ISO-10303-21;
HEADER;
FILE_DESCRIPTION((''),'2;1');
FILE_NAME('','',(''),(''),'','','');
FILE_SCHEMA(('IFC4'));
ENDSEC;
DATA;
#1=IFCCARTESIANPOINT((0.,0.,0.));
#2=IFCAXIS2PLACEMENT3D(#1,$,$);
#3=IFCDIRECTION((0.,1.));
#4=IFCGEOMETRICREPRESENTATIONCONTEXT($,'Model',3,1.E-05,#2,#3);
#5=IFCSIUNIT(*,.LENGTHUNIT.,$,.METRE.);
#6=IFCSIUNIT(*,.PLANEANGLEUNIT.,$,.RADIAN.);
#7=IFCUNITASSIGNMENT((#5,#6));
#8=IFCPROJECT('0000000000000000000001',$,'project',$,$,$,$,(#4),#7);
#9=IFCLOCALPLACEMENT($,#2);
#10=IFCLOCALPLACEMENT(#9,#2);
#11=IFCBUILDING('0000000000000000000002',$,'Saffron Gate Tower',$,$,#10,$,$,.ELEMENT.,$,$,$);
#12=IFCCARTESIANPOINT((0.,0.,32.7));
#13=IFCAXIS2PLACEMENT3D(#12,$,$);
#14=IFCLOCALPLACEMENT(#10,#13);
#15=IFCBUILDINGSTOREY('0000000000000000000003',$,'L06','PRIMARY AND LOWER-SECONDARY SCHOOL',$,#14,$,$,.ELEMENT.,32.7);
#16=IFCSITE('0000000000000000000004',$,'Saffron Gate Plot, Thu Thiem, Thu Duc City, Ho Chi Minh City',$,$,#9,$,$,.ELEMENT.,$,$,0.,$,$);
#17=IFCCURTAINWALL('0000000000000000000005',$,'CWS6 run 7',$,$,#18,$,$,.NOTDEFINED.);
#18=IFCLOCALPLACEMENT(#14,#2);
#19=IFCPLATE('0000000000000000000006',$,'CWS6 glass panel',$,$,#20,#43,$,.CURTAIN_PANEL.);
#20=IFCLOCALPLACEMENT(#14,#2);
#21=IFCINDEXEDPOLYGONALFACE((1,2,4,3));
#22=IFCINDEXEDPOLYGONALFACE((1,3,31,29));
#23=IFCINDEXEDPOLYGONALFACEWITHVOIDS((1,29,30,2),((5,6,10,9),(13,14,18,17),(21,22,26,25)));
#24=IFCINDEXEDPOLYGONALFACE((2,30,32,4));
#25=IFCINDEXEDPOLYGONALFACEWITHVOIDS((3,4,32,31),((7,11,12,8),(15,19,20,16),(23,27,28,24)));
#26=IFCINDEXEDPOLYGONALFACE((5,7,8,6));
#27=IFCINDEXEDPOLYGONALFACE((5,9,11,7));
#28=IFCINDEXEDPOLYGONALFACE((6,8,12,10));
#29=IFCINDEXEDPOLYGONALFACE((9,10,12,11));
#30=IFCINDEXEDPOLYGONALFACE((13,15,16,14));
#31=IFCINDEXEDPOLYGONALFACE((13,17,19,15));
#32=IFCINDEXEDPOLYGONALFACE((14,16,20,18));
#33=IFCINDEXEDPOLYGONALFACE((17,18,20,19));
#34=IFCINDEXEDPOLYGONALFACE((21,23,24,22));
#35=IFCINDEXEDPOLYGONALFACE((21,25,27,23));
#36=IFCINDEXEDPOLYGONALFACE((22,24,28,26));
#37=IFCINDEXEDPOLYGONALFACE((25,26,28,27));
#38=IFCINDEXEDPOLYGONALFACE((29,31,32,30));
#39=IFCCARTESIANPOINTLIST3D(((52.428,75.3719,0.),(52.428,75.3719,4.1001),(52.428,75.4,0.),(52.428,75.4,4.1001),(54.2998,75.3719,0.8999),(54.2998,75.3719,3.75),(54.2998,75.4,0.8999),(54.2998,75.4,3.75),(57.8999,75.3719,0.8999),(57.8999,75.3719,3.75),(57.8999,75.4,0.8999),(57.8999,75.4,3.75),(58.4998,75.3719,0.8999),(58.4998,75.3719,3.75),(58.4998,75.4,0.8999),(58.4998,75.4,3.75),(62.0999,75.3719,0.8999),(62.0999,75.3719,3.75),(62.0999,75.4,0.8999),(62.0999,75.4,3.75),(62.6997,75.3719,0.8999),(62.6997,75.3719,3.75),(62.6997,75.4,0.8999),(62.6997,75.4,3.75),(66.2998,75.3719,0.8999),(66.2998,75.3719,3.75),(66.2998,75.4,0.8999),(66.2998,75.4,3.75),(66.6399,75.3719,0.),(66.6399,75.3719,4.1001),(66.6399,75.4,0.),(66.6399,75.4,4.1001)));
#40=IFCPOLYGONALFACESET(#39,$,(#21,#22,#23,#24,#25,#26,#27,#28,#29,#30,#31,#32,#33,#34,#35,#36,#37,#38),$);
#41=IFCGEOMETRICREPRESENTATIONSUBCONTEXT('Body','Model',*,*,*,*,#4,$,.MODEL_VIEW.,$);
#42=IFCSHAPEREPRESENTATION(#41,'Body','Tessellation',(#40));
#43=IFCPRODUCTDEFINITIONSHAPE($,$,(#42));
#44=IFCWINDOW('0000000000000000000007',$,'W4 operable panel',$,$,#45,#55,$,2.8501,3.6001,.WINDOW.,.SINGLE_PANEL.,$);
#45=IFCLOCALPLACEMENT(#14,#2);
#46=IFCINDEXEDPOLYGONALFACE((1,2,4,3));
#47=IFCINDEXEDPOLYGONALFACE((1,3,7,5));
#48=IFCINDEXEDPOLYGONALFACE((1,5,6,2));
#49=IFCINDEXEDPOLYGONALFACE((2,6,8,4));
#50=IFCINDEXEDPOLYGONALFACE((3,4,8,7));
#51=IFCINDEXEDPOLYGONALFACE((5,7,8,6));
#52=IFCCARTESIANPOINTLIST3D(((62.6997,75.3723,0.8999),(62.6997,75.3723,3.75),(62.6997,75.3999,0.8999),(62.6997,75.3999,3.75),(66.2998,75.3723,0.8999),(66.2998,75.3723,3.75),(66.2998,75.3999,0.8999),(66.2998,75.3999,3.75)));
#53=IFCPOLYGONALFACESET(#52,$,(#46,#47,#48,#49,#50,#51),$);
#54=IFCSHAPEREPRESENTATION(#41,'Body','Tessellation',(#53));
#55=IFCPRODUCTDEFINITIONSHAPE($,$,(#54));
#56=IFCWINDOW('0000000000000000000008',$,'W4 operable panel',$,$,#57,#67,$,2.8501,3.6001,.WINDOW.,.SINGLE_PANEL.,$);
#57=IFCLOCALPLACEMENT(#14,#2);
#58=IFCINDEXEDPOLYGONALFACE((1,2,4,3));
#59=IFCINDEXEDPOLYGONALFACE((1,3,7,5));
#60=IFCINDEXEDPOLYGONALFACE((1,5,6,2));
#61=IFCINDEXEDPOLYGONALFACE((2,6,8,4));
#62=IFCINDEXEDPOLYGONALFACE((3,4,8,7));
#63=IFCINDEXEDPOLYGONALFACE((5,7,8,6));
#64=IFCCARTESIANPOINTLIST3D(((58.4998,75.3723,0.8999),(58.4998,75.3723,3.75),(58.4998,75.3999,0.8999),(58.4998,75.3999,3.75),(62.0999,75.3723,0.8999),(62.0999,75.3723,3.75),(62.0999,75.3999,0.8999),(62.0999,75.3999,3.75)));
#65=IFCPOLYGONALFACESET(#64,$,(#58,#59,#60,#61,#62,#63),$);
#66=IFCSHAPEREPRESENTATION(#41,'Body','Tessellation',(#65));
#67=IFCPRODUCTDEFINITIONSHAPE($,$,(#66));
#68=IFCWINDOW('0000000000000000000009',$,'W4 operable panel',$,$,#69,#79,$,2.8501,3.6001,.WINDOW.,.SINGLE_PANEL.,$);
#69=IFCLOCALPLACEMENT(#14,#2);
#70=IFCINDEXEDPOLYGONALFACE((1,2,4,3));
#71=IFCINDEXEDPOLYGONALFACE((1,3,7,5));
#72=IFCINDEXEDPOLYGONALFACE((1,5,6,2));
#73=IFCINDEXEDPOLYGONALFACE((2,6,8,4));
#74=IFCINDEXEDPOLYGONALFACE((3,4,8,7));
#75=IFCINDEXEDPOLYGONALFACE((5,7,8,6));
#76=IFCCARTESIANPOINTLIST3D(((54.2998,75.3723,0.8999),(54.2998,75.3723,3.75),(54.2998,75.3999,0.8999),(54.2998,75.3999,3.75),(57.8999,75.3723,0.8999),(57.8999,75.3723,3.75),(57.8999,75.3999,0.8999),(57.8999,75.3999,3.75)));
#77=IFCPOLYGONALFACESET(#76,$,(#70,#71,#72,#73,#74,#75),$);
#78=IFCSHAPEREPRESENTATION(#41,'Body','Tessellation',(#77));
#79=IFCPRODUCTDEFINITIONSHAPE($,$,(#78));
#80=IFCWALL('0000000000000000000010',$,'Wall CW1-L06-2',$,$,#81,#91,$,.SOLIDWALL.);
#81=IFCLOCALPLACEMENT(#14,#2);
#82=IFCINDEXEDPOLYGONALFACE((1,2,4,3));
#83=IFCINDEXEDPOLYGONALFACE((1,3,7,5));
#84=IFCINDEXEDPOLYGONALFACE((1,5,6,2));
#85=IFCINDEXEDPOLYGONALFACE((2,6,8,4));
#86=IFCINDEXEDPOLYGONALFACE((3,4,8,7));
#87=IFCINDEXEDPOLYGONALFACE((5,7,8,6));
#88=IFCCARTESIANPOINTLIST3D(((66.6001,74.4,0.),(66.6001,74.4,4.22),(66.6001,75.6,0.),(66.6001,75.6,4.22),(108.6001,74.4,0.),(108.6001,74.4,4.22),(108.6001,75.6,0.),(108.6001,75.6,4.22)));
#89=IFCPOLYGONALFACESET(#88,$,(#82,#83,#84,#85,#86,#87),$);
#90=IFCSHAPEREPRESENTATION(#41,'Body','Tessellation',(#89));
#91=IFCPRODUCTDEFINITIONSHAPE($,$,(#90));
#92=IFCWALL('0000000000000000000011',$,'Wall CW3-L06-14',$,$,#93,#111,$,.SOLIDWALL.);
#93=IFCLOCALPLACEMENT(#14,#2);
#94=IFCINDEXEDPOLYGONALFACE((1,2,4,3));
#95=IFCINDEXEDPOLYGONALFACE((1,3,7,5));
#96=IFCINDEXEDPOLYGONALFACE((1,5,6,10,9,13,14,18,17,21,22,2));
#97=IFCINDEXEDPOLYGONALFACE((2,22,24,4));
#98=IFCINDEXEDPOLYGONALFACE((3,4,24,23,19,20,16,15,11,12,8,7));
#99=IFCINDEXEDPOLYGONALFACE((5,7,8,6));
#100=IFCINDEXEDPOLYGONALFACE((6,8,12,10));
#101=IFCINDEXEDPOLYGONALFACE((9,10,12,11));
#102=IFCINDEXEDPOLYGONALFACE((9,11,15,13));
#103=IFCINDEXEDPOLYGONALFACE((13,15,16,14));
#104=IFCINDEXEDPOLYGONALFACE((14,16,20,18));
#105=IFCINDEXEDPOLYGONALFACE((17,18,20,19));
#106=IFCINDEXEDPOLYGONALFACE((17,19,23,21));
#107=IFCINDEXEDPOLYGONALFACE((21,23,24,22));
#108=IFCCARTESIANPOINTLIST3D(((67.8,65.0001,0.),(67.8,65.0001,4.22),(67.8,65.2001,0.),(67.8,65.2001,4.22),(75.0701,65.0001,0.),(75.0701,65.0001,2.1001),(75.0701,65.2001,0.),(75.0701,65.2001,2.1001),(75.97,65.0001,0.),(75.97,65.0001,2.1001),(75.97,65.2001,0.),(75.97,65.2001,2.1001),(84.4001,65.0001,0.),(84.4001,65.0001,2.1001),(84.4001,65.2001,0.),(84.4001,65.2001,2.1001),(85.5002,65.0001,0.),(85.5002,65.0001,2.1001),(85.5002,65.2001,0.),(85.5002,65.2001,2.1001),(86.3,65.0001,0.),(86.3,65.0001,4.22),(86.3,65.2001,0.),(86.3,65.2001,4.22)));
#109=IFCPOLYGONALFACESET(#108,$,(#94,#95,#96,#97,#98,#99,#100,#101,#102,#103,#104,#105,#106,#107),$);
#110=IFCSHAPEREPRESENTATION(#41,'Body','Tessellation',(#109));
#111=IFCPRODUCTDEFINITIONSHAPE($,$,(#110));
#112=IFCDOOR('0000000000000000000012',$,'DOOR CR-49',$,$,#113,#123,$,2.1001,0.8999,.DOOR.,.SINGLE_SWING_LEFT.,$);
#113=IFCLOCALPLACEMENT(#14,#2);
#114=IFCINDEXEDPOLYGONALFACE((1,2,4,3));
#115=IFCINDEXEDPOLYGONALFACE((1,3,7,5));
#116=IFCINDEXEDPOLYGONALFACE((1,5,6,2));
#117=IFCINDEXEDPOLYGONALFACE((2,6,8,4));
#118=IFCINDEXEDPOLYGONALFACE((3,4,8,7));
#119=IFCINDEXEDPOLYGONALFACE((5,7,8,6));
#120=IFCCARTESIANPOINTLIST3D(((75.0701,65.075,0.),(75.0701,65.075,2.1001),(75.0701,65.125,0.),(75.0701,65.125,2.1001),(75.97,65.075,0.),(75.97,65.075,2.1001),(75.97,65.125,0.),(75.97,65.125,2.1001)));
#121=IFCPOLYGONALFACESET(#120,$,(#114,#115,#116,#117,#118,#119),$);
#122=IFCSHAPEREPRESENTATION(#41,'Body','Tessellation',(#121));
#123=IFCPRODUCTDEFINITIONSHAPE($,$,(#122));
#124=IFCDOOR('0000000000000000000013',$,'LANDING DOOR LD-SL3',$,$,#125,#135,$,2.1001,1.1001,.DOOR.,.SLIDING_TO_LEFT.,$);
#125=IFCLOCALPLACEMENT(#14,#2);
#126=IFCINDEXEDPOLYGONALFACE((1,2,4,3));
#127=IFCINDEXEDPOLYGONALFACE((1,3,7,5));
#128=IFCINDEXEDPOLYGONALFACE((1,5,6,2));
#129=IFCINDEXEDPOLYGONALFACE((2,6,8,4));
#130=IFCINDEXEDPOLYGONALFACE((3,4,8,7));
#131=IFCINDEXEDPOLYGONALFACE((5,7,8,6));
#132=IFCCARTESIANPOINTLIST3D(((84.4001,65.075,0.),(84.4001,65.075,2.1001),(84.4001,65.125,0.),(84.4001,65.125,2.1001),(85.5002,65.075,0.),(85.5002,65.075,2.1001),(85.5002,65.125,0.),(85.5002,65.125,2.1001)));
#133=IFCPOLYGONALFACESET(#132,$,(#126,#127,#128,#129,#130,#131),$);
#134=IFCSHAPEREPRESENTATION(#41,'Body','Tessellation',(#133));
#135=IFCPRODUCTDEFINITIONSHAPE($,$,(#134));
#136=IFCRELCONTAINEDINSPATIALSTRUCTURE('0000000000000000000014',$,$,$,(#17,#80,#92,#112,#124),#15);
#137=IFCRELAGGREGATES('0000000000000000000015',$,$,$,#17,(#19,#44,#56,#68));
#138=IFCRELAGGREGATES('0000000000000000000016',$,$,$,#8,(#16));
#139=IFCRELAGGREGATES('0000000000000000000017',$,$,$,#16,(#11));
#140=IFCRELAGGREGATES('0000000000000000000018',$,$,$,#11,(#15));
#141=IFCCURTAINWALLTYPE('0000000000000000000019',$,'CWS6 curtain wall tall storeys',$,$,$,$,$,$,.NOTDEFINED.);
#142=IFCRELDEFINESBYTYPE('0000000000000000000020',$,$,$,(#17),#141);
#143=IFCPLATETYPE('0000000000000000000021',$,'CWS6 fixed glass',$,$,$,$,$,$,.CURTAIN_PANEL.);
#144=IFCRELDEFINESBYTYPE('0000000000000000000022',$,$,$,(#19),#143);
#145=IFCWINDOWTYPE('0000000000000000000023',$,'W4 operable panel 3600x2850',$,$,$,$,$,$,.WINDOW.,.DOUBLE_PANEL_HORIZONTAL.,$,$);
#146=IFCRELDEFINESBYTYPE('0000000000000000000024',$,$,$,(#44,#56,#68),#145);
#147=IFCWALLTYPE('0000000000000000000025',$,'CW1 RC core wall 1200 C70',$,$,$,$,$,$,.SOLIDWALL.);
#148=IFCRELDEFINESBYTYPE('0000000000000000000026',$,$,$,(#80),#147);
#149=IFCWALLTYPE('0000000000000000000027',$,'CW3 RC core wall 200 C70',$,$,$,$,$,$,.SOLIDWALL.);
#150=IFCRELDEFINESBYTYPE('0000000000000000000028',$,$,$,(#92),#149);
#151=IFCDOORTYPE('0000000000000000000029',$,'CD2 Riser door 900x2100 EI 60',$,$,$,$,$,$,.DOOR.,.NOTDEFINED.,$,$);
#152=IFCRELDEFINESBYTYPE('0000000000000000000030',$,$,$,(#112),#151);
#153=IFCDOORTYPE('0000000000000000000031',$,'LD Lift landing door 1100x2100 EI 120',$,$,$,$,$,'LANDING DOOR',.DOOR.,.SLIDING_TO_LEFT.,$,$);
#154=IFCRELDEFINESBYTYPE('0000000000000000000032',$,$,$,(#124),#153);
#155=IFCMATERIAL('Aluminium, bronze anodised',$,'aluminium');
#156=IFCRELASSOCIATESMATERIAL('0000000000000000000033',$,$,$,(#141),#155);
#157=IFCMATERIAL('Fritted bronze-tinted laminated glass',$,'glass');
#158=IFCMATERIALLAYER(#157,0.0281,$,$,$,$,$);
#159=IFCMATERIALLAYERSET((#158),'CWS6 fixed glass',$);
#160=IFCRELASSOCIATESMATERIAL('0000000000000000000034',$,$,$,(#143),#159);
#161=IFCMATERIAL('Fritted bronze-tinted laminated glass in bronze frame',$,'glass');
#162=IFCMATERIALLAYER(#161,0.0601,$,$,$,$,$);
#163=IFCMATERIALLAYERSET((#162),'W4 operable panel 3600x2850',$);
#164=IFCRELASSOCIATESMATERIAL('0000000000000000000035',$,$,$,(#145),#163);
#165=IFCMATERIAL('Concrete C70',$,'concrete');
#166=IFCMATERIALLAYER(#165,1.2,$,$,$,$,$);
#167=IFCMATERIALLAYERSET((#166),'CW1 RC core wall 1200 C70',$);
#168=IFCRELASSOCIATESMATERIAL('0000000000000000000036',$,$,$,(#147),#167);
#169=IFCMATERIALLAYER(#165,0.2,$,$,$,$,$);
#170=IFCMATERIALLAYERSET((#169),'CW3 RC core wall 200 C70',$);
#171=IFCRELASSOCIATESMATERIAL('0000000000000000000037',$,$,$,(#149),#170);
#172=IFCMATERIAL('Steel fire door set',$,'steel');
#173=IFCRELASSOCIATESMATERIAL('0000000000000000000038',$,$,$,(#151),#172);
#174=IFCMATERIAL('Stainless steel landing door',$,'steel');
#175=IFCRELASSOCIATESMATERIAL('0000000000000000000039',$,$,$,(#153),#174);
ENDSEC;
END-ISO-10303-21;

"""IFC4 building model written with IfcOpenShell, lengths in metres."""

from ifc_helpers import new_model, si_unit, direction, frame, frame_2d, origin, place, context, subcontext, project, spatial, rectangle, extrude, material, layer, layer_set, type_object, element, fill, aggregate, save


model = new_model("IFC4")

# Units and contexts
model_context = context("Model", 3, precision=1e-05, world=origin(), true_north=direction((0.0, 1.0)))
body_context = subcontext(model_context, "Body", "Model", "MODEL_VIEW")
ifc_project = project(units=[si_unit("LENGTHUNIT", "METRE"), si_unit("PLANEANGLEUNIT", "RADIAN")], contexts=[model_context])

# Site, building, storey
site_placement = place(None, origin())
site = spatial("IfcSite", under=ifc_project, at=site_placement, Name="Saffron Gate Plot, Thu Thiem, Thu Duc City, Ho Chi Minh City", CompositionType="ELEMENT", RefElevation=0.0)
building_placement = place(site_placement, origin())
building = spatial("IfcBuilding", under=site, at=building_placement, Name="Saffron Gate Tower", CompositionType="ELEMENT")
storey_placement = place(building_placement, frame((0.0, 0.0, 32.7)))
storey = spatial("IfcBuildingStorey", under=building, at=storey_placement, Name="L06", Description="PRIMARY AND LOWER-SECONDARY SCHOOL", CompositionType="ELEMENT", Elevation=32.7)

# Curtain wall, plate, openings, windows
ifc_material_1 = material(Name="Aluminium, bronze anodised", Category="aluminium")
curtain_wall_type = type_object("IfcCurtainWallType", Name="CWS6 curtain wall tall storeys", PredefinedType="NOTDEFINED", material=ifc_material_1)
curtain_wall_placement = place(storey_placement, origin())
curtain_wall = element("IfcCurtainWall", 1, at=curtain_wall_placement, inside=storey, type_object=curtain_wall_type, Name="CWS6 run 7", PredefinedType="NOTDEFINED")
ifc_material_2 = material(Name="Fritted bronze-tinted laminated glass", Category="glass")
ifc_layer_1 = layer(ifc_material_2, 0.0281)
ifc_layer_set_1 = layer_set([ifc_layer_1], Name="CWS6 fixed glass")
plate_type = type_object("IfcPlateType", Name="CWS6 fixed glass", PredefinedType="CURTAIN_PANEL", material=ifc_layer_set_1)
plate_placement = place(storey_placement, frame((66.6399, 75.386, 0.0), z_axis=(0.0, 0.0, 1.0), x_axis=(-1.0, 0.0, 0.0)))
plate = element("IfcPlate", 2, at=plate_placement, type_object=plate_type, Name="CWS6 glass panel", PredefinedType="CURTAIN_PANEL", context=body_context, shape_type="SweptSolid", body=[
    extrude(rectangle(XDim=14.2119, YDim=0.0281, at=frame_2d((7.106, 0.0))), origin(), (0.0, 0.0, 1.0), 4.1001),
])
opening_1_placement = place(plate_placement, frame((0.3401, 0.0, 0.8999)))
opening_1 = element("IfcOpeningElement", 3, at=opening_1_placement, cuts=plate, PredefinedType="OPENING", context=body_context, shape_type="SweptSolid", body=[
    extrude(rectangle(XDim=3.6001, YDim=2.8501, at=frame_2d((1.8, 1.425))), frame((0.0, 0.0239, 0.0), z_axis=(0.0, -1.0, 0.0), x_axis=(1.0, 0.0, 0.0)), (0.0, 0.0, 1.0), 0.0481),
])
opening_2_placement = place(plate_placement, frame((4.54, 0.0, 0.8999)))
opening_2 = element("IfcOpeningElement", 4, at=opening_2_placement, cuts=plate, PredefinedType="OPENING", context=body_context, shape_type="SweptSolid", body=[
    extrude(rectangle(XDim=3.6001, YDim=2.8501, at=frame_2d((1.8, 1.425))), frame((0.0, 0.0239, 0.0), z_axis=(0.0, -1.0, 0.0), x_axis=(1.0, 0.0, 0.0)), (0.0, 0.0, 1.0), 0.0481),
])
opening_3_placement = place(plate_placement, frame((8.74, 0.0, 0.8999)))
opening_3 = element("IfcOpeningElement", 5, at=opening_3_placement, cuts=plate, PredefinedType="OPENING", context=body_context, shape_type="SweptSolid", body=[
    extrude(rectangle(XDim=3.6001, YDim=2.8501, at=frame_2d((1.8, 1.425))), frame((0.0, 0.0239, 0.0), z_axis=(0.0, -1.0, 0.0), x_axis=(1.0, 0.0, 0.0)), (0.0, 0.0, 1.0), 0.0481),
])
ifc_material_3 = material(Name="Fritted bronze-tinted laminated glass in bronze frame", Category="glass")
ifc_layer_2 = layer(ifc_material_3, 0.0601)
ifc_layer_set_2 = layer_set([ifc_layer_2], Name="W4 operable panel 3600x2850")
window_type = type_object("IfcWindowType", Name="W4 operable panel 3600x2850", PartitioningType="DOUBLE_PANEL_HORIZONTAL", PredefinedType="WINDOW", material=ifc_layer_set_2)
window_1_placement = place(opening_1_placement, origin())
window_1 = element("IfcWindow", 6, at=window_1_placement, type_object=window_type, Name="W4 operable panel", OverallHeight=2.8501, OverallWidth=3.6001, PartitioningType="SINGLE_PANEL", PredefinedType="WINDOW", context=body_context, shape_type="SweptSolid", body=[
    extrude(rectangle(XDim=3.6001, YDim=2.8501, at=frame_2d((1.8, 1.425))), frame((0.0, 0.0137, 0.0), z_axis=(0.0, -1.0, 0.0), x_axis=(1.0, 0.0, 0.0)), (0.0, 0.0, 1.0), 0.0276),
])
fill(opening_1, window_1)
window_2_placement = place(opening_2_placement, origin())
window_2 = element("IfcWindow", 7, at=window_2_placement, type_object=window_type, Name="W4 operable panel", OverallHeight=2.8501, OverallWidth=3.6001, PartitioningType="SINGLE_PANEL", PredefinedType="WINDOW", context=body_context, shape_type="SweptSolid", body=[
    extrude(rectangle(XDim=3.6001, YDim=2.8501, at=frame_2d((1.8, 1.425))), frame((0.0, 0.0137, 0.0), z_axis=(0.0, -1.0, 0.0), x_axis=(1.0, 0.0, 0.0)), (0.0, 0.0, 1.0), 0.0276),
])
fill(opening_2, window_2)
window_3_placement = place(opening_3_placement, origin())
window_3 = element("IfcWindow", 8, at=window_3_placement, type_object=window_type, Name="W4 operable panel", OverallHeight=2.8501, OverallWidth=3.6001, PartitioningType="SINGLE_PANEL", PredefinedType="WINDOW", context=body_context, shape_type="SweptSolid", body=[
    extrude(rectangle(XDim=3.6001, YDim=2.8501, at=frame_2d((1.8, 1.425))), frame((0.0, 0.0137, 0.0), z_axis=(0.0, -1.0, 0.0), x_axis=(1.0, 0.0, 0.0)), (0.0, 0.0, 1.0), 0.0276),
])
fill(opening_3, window_3)
aggregate(curtain_wall, [plate, window_1, window_2, window_3])

# Wall
ifc_material_4 = material(Name="Concrete C70", Category="concrete")
ifc_layer_3 = layer(ifc_material_4, 1.2)
ifc_layer_set_3 = layer_set([ifc_layer_3], Name="CW1 RC core wall 1200 C70")
wall_type_1 = type_object("IfcWallType", Name="CW1 RC core wall 1200 C70", PredefinedType="SOLIDWALL", material=ifc_layer_set_3)
wall_1_placement = place(storey_placement, frame((66.6001, 75.0, 0.0), z_axis=(0.0, 0.0, 1.0), x_axis=(1.0, 0.0, 0.0)))
element("IfcWall", 9, at=wall_1_placement, inside=storey, type_object=wall_type_1, Name="Wall CW1-L06-2", PredefinedType="SOLIDWALL", context=body_context, shape_type="SweptSolid", body=[
    extrude(rectangle(XDim=42.0, YDim=1.2, at=frame_2d((21.0, 0.0))), origin(), (0.0, 0.0, 1.0), 4.22),
])

# Wall, openings, doors
ifc_layer_4 = layer(ifc_material_4, 0.2)
ifc_layer_set_4 = layer_set([ifc_layer_4], Name="CW3 RC core wall 200 C70")
wall_type_2 = type_object("IfcWallType", Name="CW3 RC core wall 200 C70", PredefinedType="SOLIDWALL", material=ifc_layer_set_4)
wall_2_placement = place(storey_placement, frame((67.8, 65.1001, 0.0), z_axis=(0.0, 0.0, 1.0), x_axis=(1.0, 0.0, 0.0)))
wall_2 = element("IfcWall", 10, at=wall_2_placement, inside=storey, type_object=wall_type_2, Name="Wall CW3-L06-14", PredefinedType="SOLIDWALL", context=body_context, shape_type="SweptSolid", body=[
    extrude(rectangle(XDim=18.5, YDim=0.2, at=frame_2d((9.25, 0.0))), origin(), (0.0, 0.0, 1.0), 4.22),
])
opening_4_placement = place(wall_2_placement, frame((7.27, 0.0, 0.0)))
opening_4 = element("IfcOpeningElement", 11, at=opening_4_placement, cuts=wall_2, PredefinedType="OPENING", context=body_context, shape_type="SweptSolid", body=[
    extrude(rectangle(XDim=0.8999, YDim=2.1001, at=frame_2d((0.45, 1.05))), frame((0.0, 0.1099, 0.0), z_axis=(0.0, -1.0, 0.0), x_axis=(1.0, 0.0, 0.0)), (0.0, 0.0, 1.0), 0.22),
])
opening_5_placement = place(wall_2_placement, frame((16.6001, 0.0, 0.0)))
opening_5 = element("IfcOpeningElement", 12, at=opening_5_placement, cuts=wall_2, PredefinedType="OPENING", context=body_context, shape_type="SweptSolid", body=[
    extrude(rectangle(XDim=1.1001, YDim=2.1001, at=frame_2d((0.55, 1.05))), frame((0.0, 0.1099, 0.0), z_axis=(0.0, -1.0, 0.0), x_axis=(1.0, 0.0, 0.0)), (0.0, 0.0, 1.0), 0.22),
])
ifc_material_5 = material(Name="Steel fire door set", Category="steel")
door_type_1 = type_object("IfcDoorType", Name="CD2 Riser door 900x2100 EI 60", OperationType="NOTDEFINED", PredefinedType="DOOR", material=ifc_material_5)
door_1_placement = place(opening_4_placement, origin())
door_1 = element("IfcDoor", 13, at=door_1_placement, inside=storey, type_object=door_type_1, Name="DOOR CR-49", OperationType="SINGLE_SWING_LEFT", OverallHeight=2.1001, OverallWidth=0.8999, PredefinedType="DOOR", context=body_context, shape_type="SweptSolid", body=[
    extrude(rectangle(XDim=0.8999, YDim=2.1001, at=frame_2d((0.45, 1.05))), frame((0.0, 0.0249, 0.0), z_axis=(0.0, -1.0, 0.0), x_axis=(1.0, 0.0, 0.0)), (0.0, 0.0, 1.0), 0.05),
])
fill(opening_4, door_1)
ifc_material_6 = material(Name="Stainless steel landing door", Category="steel")
door_type_2 = type_object("IfcDoorType", Name="LD Lift landing door 1100x2100 EI 120", ElementType="LANDING DOOR", OperationType="SLIDING_TO_LEFT", PredefinedType="DOOR", material=ifc_material_6)
door_2_placement = place(opening_5_placement, origin())
door_2 = element("IfcDoor", 14, at=door_2_placement, inside=storey, type_object=door_type_2, Name="LANDING DOOR LD-SL3", OperationType="SLIDING_TO_LEFT", OverallHeight=2.1001, OverallWidth=1.1001, PredefinedType="DOOR", context=body_context, shape_type="SweptSolid", body=[
    extrude(rectangle(XDim=1.1001, YDim=2.1001, at=frame_2d((0.55, 1.05))), frame((0.0, 0.0249, 0.0), z_axis=(0.0, -1.0, 0.0), x_axis=(1.0, 0.0, 0.0)), (0.0, 0.0, 1.0), 0.05),
])
fill(opening_5, door_2)

save(model, "model.ifc")
